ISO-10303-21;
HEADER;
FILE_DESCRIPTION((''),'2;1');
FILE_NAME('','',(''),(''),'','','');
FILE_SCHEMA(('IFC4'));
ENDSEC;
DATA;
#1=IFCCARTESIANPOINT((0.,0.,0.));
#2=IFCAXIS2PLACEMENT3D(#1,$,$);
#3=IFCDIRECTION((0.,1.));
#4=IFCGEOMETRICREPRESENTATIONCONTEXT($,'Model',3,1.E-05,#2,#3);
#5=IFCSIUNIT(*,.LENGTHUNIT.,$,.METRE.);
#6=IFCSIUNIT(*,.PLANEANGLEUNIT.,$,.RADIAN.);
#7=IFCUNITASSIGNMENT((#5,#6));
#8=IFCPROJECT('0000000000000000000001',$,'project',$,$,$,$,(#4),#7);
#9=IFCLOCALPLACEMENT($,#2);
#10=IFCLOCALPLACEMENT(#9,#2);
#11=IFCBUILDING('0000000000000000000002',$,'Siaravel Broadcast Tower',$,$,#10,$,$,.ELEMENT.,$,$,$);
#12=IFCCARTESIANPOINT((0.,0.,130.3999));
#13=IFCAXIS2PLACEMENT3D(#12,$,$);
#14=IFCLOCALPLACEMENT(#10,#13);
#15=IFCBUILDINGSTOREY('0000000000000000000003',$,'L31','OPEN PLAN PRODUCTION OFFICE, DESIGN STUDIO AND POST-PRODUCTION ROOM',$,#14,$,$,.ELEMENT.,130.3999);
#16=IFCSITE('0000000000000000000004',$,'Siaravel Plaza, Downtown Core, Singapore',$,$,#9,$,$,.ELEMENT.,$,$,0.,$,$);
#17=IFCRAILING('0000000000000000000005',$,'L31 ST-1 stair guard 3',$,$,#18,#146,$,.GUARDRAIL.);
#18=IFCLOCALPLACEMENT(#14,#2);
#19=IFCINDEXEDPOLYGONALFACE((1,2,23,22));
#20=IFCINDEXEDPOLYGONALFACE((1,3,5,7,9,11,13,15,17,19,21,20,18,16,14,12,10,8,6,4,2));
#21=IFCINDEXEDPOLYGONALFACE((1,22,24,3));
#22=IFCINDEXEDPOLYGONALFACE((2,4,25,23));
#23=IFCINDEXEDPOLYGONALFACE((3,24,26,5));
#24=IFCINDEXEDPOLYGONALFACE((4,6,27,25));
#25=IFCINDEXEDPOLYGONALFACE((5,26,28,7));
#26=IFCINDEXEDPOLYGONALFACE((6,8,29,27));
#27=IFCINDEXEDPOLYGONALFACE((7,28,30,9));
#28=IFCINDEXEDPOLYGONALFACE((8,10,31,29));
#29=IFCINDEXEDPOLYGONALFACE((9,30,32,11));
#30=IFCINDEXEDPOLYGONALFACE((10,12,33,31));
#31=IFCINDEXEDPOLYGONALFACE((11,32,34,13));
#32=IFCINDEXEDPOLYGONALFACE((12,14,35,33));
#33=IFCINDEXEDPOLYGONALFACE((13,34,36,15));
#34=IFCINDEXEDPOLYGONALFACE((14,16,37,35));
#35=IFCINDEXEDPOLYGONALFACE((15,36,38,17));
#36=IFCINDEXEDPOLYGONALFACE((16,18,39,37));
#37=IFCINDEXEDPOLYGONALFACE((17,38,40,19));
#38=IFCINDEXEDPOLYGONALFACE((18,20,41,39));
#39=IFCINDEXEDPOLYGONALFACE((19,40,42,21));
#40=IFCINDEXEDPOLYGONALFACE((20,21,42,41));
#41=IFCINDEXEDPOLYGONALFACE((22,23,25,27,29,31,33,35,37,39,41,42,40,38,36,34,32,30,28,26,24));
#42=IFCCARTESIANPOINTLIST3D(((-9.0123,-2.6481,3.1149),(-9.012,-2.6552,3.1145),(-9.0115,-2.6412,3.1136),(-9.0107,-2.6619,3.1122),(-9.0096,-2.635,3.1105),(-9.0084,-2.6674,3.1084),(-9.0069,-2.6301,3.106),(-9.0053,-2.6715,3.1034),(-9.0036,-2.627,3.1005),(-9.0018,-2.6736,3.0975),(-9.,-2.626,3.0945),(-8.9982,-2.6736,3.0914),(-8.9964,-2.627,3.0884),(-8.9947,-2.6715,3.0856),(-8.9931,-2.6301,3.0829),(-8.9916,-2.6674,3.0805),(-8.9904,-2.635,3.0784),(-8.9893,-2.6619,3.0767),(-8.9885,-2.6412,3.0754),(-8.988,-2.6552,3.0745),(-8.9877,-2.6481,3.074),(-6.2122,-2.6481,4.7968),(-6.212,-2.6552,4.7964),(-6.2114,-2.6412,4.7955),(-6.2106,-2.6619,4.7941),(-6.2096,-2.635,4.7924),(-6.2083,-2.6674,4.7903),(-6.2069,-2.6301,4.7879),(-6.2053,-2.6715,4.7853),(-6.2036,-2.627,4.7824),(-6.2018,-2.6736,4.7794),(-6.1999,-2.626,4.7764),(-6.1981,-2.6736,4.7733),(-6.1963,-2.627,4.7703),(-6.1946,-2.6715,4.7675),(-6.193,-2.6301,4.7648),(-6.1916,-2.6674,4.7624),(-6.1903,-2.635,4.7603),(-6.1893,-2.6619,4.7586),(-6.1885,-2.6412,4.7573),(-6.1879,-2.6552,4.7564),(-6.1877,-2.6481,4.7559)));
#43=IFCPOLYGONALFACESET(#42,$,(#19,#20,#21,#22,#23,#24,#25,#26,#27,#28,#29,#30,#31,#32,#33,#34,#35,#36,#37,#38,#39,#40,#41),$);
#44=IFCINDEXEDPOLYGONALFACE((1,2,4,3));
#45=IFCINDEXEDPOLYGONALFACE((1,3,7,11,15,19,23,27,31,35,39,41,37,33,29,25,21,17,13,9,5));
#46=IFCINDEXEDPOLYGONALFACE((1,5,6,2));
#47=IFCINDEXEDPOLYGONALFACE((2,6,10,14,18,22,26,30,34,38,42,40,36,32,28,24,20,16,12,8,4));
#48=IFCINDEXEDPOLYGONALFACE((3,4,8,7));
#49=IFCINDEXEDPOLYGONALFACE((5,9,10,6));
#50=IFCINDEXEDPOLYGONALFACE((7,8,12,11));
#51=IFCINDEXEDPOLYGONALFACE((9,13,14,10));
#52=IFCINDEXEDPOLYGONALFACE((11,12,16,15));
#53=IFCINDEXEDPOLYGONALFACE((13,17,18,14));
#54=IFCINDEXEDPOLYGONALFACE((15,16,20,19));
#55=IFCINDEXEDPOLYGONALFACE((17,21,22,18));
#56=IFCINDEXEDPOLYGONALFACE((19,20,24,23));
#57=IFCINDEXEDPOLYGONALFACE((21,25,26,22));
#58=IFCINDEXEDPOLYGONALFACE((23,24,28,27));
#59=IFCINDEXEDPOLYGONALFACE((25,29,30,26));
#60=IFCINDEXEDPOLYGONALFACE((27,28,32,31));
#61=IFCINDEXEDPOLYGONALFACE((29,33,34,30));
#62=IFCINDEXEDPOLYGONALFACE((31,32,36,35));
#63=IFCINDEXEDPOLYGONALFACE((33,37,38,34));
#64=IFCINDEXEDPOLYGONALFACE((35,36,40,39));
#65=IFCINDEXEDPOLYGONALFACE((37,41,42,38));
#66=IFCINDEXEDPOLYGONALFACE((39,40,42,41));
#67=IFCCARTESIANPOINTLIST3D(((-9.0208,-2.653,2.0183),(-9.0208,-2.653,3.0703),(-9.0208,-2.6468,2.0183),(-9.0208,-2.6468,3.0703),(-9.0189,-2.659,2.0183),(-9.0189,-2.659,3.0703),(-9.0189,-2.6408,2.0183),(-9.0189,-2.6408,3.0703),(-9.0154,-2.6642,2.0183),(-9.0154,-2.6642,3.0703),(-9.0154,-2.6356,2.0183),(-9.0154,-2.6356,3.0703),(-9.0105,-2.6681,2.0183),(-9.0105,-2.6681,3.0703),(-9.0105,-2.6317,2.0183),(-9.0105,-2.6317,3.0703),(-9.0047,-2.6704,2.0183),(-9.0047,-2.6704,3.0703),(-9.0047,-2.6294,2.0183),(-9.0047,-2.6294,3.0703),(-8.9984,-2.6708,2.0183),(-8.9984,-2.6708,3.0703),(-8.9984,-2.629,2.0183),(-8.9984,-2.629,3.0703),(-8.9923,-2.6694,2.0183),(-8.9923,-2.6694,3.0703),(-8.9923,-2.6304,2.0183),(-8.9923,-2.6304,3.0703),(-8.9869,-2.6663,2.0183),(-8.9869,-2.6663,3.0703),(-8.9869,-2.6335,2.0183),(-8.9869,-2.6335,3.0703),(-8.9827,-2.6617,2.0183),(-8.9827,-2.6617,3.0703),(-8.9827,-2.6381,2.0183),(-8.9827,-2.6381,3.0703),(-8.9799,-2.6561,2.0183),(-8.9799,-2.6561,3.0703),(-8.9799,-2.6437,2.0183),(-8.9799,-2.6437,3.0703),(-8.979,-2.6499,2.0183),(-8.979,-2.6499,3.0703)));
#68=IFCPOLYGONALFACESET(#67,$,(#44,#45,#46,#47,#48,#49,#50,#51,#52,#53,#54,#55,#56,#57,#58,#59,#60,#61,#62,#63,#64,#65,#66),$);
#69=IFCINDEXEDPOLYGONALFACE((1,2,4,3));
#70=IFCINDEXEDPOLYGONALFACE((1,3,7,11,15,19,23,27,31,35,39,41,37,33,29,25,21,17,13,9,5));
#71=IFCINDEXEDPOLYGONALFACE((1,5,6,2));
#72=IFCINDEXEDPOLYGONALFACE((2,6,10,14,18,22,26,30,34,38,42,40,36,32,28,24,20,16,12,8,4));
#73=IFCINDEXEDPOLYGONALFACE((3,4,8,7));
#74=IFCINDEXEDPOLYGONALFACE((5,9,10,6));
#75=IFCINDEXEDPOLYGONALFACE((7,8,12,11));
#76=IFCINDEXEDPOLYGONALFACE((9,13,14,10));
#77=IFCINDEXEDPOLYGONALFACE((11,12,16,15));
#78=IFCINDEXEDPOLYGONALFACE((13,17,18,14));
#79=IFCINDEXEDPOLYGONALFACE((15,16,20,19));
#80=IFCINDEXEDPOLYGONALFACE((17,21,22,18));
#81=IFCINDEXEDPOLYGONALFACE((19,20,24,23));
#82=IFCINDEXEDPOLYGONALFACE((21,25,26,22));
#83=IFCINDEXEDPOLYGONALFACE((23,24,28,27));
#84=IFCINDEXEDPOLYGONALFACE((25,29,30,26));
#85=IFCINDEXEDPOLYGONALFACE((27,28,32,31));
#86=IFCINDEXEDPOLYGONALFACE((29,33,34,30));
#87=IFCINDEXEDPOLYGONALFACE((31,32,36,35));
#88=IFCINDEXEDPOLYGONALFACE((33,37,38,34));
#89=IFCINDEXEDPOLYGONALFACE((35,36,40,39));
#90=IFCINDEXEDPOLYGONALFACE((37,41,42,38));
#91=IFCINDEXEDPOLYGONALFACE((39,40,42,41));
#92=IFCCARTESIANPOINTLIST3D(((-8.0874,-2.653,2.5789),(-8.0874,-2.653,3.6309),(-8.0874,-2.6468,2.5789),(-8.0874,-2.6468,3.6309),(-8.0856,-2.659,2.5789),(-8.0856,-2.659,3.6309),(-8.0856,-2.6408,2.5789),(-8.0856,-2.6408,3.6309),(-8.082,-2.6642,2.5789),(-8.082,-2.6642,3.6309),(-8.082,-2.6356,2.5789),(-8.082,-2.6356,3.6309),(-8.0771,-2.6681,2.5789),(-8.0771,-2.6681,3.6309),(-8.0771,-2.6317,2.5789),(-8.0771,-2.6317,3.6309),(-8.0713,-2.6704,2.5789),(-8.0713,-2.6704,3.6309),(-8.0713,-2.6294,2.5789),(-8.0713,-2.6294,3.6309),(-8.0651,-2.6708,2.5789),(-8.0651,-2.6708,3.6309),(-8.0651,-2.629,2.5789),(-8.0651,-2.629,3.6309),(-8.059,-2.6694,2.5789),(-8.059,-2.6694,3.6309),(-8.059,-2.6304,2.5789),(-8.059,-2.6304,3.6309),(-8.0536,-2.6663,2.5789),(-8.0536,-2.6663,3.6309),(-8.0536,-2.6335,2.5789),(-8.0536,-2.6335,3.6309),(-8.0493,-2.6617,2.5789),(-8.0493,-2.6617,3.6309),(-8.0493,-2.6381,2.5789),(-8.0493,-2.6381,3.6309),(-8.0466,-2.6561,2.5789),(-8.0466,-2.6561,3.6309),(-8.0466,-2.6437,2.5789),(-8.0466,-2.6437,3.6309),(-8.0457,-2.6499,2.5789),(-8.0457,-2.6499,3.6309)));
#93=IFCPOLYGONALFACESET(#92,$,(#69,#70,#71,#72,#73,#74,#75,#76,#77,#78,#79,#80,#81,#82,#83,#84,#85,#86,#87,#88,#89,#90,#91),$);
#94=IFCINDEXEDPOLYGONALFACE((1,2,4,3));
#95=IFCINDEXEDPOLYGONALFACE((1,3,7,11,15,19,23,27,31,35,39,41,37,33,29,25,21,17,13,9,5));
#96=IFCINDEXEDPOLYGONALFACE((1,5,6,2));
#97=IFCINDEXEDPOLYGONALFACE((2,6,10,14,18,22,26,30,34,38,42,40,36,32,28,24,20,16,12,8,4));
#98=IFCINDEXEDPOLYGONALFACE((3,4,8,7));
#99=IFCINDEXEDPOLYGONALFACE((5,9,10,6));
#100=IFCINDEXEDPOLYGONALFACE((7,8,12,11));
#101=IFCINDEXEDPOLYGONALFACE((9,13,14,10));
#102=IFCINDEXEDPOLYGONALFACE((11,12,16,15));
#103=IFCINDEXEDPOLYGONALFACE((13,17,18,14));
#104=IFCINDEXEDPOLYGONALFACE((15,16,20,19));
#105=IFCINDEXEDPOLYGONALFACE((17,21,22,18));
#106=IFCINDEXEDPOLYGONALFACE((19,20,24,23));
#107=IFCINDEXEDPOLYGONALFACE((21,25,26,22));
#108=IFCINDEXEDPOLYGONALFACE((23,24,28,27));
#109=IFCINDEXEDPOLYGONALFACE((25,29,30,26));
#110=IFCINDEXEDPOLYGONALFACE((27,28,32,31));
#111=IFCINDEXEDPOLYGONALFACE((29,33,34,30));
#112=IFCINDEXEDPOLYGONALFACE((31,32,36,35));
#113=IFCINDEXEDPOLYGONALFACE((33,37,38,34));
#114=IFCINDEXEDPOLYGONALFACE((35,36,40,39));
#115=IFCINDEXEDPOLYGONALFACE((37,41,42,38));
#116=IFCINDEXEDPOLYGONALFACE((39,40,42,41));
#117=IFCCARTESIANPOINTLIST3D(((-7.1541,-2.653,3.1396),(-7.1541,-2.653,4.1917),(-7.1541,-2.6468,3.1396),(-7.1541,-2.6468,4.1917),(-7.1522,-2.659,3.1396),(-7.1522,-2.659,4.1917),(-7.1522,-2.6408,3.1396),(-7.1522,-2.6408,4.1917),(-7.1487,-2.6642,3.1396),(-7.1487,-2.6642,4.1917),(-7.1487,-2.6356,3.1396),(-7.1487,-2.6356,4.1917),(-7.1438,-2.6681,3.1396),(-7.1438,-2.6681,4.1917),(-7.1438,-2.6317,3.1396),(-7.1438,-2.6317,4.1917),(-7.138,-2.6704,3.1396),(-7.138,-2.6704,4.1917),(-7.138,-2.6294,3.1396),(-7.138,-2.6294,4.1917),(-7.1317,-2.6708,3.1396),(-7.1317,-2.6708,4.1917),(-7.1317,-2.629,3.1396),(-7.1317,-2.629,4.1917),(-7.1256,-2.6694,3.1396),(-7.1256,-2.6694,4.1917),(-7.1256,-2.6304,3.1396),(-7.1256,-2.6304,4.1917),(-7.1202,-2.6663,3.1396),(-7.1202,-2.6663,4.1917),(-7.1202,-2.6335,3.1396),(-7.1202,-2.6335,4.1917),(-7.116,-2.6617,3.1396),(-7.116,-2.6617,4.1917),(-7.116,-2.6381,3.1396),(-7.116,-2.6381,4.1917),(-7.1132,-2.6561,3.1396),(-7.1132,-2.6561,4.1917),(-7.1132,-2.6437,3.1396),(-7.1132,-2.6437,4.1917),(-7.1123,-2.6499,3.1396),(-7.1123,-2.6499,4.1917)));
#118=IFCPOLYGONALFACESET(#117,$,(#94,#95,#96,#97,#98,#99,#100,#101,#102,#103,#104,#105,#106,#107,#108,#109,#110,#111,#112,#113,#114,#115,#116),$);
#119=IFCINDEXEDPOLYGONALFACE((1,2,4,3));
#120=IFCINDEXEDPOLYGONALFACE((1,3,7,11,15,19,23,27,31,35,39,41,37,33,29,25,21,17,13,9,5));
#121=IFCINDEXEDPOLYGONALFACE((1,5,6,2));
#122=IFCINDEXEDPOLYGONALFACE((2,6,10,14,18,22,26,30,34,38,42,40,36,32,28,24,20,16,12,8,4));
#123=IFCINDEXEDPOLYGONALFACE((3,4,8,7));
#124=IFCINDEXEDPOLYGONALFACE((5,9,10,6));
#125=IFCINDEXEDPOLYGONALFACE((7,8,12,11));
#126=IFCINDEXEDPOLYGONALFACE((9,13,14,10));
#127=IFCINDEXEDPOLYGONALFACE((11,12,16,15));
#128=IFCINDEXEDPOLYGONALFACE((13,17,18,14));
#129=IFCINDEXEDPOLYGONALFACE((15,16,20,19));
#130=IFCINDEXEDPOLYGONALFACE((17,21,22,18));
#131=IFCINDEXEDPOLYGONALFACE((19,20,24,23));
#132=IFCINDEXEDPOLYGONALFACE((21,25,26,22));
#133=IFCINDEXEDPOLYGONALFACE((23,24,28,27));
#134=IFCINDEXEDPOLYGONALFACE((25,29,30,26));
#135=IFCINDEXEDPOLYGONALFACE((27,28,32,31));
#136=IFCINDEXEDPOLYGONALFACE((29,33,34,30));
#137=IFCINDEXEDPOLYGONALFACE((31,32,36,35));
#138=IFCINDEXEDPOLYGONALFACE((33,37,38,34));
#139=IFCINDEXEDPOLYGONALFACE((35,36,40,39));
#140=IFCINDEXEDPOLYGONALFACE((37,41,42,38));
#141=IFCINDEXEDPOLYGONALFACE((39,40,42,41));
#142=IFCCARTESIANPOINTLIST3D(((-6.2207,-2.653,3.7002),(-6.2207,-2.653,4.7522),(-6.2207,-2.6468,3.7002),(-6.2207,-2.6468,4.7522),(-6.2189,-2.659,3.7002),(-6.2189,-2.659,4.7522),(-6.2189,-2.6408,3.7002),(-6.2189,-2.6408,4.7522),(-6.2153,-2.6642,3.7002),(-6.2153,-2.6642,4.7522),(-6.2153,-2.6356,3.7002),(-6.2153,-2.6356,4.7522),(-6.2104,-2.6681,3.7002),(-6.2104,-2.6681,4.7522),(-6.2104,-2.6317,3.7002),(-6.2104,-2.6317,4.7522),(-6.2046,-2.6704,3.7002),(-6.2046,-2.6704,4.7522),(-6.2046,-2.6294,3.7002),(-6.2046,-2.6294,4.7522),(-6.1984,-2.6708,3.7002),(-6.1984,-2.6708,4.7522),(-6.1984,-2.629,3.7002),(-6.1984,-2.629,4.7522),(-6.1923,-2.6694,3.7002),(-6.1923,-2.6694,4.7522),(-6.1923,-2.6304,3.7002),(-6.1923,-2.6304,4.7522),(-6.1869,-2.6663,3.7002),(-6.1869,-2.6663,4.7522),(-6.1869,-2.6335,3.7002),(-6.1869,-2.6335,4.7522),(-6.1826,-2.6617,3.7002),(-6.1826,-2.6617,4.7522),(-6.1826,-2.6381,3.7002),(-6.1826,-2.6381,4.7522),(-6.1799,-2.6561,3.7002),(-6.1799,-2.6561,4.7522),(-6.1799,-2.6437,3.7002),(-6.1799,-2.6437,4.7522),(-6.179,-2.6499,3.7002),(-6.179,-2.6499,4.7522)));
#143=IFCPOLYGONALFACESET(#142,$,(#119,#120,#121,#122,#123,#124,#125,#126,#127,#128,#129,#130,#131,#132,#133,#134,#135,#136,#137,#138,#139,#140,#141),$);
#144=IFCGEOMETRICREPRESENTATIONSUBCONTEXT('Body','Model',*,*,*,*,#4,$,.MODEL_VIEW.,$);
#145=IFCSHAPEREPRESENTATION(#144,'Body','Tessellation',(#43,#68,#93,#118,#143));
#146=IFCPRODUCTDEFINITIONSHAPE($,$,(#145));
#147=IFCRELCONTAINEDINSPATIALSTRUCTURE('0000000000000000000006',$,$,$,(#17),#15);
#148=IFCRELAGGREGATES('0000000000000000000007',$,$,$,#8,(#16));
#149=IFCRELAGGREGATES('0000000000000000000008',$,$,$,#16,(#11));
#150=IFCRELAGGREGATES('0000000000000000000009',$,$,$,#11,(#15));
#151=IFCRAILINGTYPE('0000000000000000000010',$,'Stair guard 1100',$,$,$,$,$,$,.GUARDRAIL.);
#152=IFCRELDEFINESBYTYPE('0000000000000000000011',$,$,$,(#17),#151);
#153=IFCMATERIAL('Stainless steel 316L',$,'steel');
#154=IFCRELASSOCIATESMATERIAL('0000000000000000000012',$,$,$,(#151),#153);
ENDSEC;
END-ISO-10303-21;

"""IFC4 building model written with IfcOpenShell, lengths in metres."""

from ifc_helpers import new_model, si_unit, direction, frame, origin, origin_2d, place, context, subcontext, project, spatial, circle, extrude, material, type_object, element, save


model = new_model("IFC4")

# Units and contexts
model_context = context("Model", 3, precision=1e-05, world=origin(), true_north=direction((0.0, 1.0)))
body_context = subcontext(model_context, "Body", "Model", "MODEL_VIEW")
ifc_project = project(units=[si_unit("LENGTHUNIT", "METRE"), si_unit("PLANEANGLEUNIT", "RADIAN")], contexts=[model_context])

# Site, building, storey
site_placement = place(None, origin())
site = spatial("IfcSite", under=ifc_project, at=site_placement, Name="Siaravel Plaza, Downtown Core, Singapore", CompositionType="ELEMENT", RefElevation=0.0)
building_placement = place(site_placement, origin())
building = spatial("IfcBuilding", under=site, at=building_placement, Name="Siaravel Broadcast Tower", CompositionType="ELEMENT")
storey_placement = place(building_placement, frame((0.0, 0.0, 130.3999)))
storey = spatial("IfcBuildingStorey", under=building, at=storey_placement, Name="L31", Description="OPEN PLAN PRODUCTION OFFICE, DESIGN STUDIO AND POST-PRODUCTION ROOM", CompositionType="ELEMENT", Elevation=130.3999)

# Railing
ifc_material_1 = material(Name="Stainless steel 316L", Category="steel")
railing_type_1 = type_object("IfcRailingType", Name="Stair guard 1100", PredefinedType="GUARDRAIL", material=ifc_material_1)
railing_1_placement = place(storey_placement, frame((-9.0, -2.6499, 2.0183)))
element("IfcRailing", 1, at=railing_1_placement, inside=storey, type_object=railing_type_1, Name="L31 ST-1 stair guard 3", PredefinedType="GUARDRAIL", context=body_context, shape_type="SweptSolid", body=[
    extrude(circle(Radius=0.0239, at=origin_2d()), frame((0.0, 0.0, 1.0762), z_axis=(0.857242, 0.0, 0.514913), x_axis=(0.0, 1.0, 0.0)), (0.0, 0.0, 1.0), 3.2664),
    extrude(circle(Radius=0.021, at=origin_2d()), origin(), (0.0, 0.0, 1.0), 1.052),
    extrude(circle(Radius=0.021, at=origin_2d()), frame((0.9333, 0.0, 0.5605)), (0.0, 0.0, 1.0), 1.052),
    extrude(circle(Radius=0.021, at=origin_2d()), frame((1.8667, 0.0, 1.1213)), (0.0, 0.0, 1.0), 1.052),
    extrude(circle(Radius=0.021, at=origin_2d()), frame((2.8, 0.0, 1.6819)), (0.0, 0.0, 1.0), 1.052),
])

save(model, "model.ifc")
